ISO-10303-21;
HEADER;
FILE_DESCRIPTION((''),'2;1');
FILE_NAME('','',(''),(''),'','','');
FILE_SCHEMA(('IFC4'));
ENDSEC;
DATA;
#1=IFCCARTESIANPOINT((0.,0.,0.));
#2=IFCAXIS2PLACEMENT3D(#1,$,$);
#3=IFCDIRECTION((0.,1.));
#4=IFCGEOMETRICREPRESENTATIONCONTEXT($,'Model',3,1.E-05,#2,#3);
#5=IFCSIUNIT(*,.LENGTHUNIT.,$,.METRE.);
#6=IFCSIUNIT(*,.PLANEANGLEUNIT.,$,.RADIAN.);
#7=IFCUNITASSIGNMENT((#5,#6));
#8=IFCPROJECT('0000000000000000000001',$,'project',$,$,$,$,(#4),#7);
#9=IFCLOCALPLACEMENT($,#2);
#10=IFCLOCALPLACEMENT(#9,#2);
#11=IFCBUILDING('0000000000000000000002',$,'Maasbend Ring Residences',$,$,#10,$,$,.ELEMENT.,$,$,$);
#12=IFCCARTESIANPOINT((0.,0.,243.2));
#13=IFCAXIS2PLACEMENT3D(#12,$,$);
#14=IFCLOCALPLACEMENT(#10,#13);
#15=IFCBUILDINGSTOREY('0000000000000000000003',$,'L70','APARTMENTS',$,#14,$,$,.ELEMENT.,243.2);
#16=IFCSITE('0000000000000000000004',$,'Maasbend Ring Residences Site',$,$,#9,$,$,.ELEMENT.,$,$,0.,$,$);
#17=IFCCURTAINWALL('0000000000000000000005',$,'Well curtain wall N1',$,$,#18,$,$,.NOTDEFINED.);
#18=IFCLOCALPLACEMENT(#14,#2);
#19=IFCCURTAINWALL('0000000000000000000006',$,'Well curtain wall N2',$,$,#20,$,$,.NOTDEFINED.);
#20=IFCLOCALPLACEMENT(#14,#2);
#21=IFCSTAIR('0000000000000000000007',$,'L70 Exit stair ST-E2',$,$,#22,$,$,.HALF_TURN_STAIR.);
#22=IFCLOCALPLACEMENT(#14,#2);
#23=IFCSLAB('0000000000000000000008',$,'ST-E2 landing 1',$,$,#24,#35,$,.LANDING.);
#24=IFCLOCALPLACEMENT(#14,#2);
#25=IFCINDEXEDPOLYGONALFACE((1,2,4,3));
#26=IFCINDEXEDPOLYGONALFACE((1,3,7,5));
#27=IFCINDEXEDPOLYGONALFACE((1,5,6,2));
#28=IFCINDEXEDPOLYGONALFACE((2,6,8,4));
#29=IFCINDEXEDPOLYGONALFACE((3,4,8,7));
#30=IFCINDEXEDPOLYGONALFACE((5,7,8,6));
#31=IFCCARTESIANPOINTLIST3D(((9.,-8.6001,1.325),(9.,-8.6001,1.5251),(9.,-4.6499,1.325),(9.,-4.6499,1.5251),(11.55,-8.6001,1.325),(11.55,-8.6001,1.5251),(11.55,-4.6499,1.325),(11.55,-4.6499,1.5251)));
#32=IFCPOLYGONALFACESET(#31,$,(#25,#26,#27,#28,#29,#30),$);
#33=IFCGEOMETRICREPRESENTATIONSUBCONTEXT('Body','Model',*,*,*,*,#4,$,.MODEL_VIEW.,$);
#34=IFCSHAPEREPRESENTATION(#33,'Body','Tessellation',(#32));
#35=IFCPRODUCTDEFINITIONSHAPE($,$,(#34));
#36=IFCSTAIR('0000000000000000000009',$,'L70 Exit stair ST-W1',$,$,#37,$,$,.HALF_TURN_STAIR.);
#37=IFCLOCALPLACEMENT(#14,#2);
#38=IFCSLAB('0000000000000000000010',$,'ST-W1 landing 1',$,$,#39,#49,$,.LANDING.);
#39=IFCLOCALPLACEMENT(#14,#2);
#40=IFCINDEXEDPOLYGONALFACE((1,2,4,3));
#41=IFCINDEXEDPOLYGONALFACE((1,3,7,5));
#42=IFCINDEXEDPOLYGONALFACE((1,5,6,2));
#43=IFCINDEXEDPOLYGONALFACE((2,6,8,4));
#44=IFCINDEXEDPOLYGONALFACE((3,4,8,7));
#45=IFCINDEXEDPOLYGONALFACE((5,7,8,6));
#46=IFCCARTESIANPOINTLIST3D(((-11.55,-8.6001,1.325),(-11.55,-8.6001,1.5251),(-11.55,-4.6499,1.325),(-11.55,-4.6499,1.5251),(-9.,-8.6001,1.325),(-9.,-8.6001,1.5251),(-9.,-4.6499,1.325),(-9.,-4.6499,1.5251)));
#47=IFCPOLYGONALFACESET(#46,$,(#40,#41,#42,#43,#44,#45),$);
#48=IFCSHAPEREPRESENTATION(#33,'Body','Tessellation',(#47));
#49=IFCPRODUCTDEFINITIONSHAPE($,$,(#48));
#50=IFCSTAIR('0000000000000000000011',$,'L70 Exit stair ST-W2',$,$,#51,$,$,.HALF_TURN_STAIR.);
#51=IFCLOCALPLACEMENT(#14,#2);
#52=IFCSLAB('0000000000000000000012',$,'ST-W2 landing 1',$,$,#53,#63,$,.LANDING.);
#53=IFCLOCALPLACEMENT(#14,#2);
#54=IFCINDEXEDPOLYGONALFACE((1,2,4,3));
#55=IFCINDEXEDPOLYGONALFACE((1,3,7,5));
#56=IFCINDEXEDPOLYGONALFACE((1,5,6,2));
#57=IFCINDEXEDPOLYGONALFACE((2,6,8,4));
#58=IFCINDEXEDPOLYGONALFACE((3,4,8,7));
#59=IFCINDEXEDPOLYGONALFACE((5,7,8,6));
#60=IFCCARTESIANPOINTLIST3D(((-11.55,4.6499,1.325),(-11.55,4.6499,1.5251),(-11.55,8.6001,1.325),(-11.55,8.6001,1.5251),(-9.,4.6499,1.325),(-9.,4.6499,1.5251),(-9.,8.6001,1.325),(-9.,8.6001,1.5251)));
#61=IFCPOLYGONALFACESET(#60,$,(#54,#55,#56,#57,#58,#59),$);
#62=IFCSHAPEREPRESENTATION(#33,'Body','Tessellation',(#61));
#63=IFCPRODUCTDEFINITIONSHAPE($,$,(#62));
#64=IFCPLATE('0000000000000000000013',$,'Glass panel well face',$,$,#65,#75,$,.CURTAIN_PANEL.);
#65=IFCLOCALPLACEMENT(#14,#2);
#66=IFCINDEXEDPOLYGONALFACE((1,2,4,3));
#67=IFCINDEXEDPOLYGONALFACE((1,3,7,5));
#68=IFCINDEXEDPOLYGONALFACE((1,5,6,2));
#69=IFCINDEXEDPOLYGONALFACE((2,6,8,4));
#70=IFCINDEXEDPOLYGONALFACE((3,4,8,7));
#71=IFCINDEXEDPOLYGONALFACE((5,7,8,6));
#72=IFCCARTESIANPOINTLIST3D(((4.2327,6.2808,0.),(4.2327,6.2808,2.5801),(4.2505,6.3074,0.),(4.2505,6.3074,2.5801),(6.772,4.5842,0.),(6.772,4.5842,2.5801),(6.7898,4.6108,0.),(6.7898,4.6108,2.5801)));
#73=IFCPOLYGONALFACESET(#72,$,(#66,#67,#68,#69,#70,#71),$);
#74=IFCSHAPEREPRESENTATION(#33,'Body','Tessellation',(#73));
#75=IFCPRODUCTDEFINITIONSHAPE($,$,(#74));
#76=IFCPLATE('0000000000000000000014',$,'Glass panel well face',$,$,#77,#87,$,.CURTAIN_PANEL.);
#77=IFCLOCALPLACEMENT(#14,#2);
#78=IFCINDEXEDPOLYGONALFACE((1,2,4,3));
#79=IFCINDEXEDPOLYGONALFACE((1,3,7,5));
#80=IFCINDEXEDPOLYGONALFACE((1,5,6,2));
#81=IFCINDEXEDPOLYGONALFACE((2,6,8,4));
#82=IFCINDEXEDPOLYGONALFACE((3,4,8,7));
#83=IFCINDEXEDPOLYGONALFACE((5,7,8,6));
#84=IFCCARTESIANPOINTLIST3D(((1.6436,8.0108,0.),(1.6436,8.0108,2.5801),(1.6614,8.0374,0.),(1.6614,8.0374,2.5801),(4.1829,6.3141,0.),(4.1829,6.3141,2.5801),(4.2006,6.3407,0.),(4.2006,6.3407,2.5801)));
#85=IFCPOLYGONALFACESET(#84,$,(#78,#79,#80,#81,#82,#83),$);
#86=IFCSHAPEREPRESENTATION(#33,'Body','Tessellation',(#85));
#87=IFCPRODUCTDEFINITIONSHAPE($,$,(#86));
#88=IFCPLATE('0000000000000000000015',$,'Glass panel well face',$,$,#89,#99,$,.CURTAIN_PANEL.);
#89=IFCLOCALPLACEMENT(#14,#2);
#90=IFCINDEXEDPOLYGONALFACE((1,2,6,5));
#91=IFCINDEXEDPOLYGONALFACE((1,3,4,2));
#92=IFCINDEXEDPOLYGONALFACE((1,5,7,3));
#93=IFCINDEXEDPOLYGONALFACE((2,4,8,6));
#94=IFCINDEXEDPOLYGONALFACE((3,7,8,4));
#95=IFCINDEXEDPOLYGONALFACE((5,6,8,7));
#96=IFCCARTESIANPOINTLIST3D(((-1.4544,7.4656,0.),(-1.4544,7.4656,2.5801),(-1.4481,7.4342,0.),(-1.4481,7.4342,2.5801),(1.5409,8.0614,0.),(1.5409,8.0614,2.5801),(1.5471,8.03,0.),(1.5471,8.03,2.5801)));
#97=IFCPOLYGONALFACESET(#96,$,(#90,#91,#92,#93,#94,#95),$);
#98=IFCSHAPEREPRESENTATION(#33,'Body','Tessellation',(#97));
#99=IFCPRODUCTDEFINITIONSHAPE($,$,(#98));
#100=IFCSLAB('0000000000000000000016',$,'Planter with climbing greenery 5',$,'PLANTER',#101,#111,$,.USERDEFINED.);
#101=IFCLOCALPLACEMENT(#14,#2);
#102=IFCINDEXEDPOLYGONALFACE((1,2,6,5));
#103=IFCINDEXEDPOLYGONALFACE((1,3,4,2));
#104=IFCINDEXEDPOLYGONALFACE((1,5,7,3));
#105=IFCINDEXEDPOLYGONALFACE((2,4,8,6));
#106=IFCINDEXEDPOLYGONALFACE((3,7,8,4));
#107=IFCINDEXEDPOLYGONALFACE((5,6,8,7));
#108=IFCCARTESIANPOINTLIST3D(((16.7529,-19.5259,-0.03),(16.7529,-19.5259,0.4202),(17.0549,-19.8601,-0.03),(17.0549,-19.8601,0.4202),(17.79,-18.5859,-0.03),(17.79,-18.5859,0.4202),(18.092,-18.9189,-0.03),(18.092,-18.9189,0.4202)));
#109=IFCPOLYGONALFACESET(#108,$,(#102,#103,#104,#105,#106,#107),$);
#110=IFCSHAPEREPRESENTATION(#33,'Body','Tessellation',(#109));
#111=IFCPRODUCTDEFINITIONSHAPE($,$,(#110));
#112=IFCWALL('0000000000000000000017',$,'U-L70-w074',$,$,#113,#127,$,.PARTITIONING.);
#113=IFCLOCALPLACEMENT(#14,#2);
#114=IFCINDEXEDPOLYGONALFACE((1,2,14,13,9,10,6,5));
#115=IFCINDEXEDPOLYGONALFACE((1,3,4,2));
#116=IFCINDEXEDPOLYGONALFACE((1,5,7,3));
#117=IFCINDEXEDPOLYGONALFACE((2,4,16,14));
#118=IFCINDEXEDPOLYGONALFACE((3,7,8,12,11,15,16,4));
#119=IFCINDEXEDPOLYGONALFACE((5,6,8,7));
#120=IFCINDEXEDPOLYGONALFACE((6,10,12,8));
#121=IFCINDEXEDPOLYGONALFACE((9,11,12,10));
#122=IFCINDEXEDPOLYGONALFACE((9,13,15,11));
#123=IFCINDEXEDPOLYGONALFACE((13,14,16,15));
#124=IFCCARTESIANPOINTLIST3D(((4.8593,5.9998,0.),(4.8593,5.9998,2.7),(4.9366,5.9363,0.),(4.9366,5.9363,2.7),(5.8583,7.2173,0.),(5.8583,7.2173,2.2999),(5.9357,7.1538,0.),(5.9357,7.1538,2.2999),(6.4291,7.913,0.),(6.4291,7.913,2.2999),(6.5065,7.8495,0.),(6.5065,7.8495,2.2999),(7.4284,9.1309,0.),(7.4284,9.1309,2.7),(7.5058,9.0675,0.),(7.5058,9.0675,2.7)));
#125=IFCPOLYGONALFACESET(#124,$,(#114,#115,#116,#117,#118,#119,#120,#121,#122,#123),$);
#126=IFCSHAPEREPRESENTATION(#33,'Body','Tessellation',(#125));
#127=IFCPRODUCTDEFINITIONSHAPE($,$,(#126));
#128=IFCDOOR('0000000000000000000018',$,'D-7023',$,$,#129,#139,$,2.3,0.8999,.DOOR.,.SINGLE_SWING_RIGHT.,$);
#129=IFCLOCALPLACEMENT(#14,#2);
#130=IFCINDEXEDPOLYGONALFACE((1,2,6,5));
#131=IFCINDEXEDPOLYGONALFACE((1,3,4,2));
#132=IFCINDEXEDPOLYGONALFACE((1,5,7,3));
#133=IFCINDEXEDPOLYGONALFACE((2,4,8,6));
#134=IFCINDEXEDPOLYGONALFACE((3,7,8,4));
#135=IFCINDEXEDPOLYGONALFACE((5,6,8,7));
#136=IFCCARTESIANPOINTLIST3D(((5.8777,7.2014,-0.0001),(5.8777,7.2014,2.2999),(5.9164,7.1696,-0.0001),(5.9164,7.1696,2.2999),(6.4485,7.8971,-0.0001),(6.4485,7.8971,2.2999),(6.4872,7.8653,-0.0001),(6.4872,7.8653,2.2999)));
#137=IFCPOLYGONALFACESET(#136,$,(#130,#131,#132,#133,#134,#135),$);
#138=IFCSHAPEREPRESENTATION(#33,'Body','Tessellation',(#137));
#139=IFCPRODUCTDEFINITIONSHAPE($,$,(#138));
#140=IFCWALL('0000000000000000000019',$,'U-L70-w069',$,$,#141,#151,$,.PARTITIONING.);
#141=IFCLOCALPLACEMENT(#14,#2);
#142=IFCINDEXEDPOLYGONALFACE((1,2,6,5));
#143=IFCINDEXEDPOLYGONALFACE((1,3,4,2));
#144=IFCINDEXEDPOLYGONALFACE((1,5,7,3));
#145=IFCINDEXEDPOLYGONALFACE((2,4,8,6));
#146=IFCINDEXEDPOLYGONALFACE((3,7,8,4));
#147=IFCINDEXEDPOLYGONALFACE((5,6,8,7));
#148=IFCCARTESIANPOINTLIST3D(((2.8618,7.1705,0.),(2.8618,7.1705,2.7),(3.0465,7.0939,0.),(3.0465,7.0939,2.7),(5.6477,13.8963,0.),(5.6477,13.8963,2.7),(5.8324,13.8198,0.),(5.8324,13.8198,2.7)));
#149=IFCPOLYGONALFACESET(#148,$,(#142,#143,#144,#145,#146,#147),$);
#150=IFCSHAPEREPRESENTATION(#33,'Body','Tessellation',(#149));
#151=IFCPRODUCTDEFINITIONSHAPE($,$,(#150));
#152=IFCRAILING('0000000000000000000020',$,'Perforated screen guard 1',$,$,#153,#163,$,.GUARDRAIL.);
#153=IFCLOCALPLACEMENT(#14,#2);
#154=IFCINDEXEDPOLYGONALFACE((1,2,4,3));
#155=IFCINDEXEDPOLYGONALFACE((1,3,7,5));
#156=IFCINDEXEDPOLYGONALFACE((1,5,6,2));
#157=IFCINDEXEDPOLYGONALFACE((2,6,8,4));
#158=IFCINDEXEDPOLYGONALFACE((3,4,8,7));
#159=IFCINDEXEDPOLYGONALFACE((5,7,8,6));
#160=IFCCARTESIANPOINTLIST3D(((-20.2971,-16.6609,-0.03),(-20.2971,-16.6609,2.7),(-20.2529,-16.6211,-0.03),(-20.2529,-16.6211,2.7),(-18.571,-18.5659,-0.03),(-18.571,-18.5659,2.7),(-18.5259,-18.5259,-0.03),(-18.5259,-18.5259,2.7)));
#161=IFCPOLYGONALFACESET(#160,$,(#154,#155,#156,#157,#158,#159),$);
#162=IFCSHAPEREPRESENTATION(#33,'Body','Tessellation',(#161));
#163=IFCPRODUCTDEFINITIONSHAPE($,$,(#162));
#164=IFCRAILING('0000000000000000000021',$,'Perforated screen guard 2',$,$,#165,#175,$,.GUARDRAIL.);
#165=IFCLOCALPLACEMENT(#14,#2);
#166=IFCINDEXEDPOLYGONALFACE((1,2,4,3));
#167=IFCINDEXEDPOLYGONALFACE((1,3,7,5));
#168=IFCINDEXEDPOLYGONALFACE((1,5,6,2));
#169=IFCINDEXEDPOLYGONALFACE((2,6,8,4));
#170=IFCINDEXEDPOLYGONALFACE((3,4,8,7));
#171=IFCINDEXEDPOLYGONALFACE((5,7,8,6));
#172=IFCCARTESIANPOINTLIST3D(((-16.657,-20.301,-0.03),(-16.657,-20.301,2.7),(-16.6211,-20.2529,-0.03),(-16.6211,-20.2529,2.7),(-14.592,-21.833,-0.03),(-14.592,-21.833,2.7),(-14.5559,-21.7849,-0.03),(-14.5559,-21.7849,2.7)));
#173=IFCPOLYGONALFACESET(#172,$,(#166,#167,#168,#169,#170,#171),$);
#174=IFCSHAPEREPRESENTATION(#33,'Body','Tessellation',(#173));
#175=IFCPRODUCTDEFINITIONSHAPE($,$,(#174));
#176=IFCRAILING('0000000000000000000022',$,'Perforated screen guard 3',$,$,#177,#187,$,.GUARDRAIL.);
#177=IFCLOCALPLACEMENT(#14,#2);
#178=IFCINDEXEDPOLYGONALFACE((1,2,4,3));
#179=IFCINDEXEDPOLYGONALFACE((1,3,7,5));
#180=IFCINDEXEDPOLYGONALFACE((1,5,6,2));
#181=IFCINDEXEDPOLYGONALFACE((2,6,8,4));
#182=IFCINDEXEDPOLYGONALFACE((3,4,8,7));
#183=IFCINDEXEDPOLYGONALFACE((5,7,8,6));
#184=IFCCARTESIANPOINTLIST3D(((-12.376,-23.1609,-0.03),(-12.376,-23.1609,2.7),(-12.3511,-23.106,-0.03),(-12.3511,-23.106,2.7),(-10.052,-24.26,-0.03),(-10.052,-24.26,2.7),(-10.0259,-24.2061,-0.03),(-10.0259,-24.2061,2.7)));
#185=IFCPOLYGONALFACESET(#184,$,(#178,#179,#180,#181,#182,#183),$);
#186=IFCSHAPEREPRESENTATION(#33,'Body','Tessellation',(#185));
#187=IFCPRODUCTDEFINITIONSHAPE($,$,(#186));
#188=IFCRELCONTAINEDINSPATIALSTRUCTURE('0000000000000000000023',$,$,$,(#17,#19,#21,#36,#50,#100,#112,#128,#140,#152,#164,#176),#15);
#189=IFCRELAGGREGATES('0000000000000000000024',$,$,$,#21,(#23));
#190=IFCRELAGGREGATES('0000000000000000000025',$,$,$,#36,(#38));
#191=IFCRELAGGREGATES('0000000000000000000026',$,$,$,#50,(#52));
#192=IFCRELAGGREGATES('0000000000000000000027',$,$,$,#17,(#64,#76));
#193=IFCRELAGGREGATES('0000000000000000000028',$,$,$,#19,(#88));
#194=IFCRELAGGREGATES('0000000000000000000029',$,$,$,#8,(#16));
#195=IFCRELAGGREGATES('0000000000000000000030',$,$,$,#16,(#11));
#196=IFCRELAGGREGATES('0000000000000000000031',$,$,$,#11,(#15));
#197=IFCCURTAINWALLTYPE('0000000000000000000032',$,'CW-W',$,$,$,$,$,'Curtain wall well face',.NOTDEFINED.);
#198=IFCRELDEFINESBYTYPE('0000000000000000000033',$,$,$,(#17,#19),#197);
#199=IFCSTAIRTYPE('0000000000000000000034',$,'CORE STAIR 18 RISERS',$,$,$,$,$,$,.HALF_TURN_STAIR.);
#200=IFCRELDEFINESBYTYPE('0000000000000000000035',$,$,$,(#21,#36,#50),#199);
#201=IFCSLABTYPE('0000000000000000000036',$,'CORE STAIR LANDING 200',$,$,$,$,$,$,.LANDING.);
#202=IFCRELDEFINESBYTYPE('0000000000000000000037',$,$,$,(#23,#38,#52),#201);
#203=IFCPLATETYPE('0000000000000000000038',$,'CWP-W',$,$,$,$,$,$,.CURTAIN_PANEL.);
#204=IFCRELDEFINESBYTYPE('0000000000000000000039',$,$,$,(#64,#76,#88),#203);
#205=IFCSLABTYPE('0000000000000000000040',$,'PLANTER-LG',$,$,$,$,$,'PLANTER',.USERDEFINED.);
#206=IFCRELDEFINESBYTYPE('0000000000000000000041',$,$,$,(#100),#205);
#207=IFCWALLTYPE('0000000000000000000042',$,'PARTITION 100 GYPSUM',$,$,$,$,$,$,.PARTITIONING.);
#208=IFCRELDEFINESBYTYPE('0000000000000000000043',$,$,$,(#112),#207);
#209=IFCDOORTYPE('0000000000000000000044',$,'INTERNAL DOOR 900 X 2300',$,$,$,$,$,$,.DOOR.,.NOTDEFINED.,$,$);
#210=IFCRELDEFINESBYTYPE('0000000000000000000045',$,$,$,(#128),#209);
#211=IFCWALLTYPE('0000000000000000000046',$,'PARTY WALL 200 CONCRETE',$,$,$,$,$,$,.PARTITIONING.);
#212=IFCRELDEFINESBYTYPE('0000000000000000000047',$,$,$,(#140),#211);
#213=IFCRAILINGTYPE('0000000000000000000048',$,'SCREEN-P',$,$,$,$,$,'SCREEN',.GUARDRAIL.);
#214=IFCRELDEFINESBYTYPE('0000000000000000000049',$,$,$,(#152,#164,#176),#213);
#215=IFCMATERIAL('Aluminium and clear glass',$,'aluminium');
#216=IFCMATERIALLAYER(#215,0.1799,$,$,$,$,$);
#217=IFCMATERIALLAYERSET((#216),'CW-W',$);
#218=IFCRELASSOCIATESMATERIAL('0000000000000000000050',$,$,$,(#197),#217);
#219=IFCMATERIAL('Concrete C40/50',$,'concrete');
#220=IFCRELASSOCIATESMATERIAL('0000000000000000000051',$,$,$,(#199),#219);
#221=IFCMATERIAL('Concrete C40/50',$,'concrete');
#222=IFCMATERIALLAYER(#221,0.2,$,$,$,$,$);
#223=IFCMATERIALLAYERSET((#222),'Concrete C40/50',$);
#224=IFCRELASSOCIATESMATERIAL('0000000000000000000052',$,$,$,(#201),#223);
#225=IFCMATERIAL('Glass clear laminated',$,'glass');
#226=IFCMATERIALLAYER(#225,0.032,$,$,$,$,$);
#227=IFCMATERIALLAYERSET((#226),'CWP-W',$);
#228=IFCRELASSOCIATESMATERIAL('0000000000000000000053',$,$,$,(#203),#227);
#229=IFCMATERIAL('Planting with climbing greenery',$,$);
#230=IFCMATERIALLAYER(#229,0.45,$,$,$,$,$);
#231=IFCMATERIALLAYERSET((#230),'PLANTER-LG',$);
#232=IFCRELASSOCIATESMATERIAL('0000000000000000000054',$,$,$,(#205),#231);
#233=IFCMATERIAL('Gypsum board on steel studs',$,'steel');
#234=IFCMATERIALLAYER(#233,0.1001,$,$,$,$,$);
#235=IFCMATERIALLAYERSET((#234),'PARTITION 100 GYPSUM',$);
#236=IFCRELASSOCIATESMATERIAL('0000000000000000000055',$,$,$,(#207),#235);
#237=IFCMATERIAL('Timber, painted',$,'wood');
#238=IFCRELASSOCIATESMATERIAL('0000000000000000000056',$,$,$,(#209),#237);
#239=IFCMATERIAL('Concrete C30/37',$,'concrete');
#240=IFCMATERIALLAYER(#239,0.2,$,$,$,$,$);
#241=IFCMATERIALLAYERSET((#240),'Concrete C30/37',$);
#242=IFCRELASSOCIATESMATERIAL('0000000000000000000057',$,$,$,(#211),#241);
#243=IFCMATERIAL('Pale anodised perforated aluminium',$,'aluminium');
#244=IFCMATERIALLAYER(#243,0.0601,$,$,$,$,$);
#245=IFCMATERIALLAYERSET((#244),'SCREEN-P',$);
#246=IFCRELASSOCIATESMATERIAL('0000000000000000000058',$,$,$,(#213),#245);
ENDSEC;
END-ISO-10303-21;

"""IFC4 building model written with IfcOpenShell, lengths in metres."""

from ifc_helpers import new_model, si_unit, direction, frame, frame_2d, origin, origin_2d, place, context, subcontext, project, spatial, polyline, rectangle, outline, extrude, material, layer, layer_set, type_object, element, fill, aggregate, save


model = new_model("IFC4")

# Units and contexts
model_context = context("Model", 3, precision=1e-05, world=origin(), true_north=direction((0.0, 1.0)))
body_context = subcontext(model_context, "Body", "Model", "MODEL_VIEW")
ifc_project = project(units=[si_unit("LENGTHUNIT", "METRE"), si_unit("PLANEANGLEUNIT", "RADIAN")], contexts=[model_context])

# Site, building, storey
site_placement = place(None, origin())
site = spatial("IfcSite", under=ifc_project, at=site_placement, Name="Maasbend Ring Residences Site", CompositionType="ELEMENT", RefElevation=0.0)
building_placement = place(site_placement, origin())
building = spatial("IfcBuilding", under=site, at=building_placement, Name="Maasbend Ring Residences", CompositionType="ELEMENT")
storey_placement = place(building_placement, frame((0.0, 0.0, 243.2)))
storey = spatial("IfcBuildingStorey", under=building, at=storey_placement, Name="L70", Description="APARTMENTS", CompositionType="ELEMENT", Elevation=243.2)

# Curtain wall
ifc_material_1 = material(Name="Aluminium and clear glass", Category="aluminium")
ifc_layer_1 = layer(ifc_material_1, 0.1799)
ifc_layer_set_1 = layer_set([ifc_layer_1], Name="CW-W")
curtain_wall_type = type_object("IfcCurtainWallType", Name="CW-W", ElementType="Curtain wall well face", PredefinedType="NOTDEFINED", material=ifc_layer_set_1)
curtain_wall_1_placement = place(storey_placement, origin())
curtain_wall_1 = element("IfcCurtainWall", 1, at=curtain_wall_1_placement, inside=storey, type_object=curtain_wall_type, Name="Well curtain wall N1", PredefinedType="NOTDEFINED")

# Curtain wall
curtain_wall_2_placement = place(storey_placement, origin())
curtain_wall_2 = element("IfcCurtainWall", 2, at=curtain_wall_2_placement, inside=storey, type_object=curtain_wall_type, Name="Well curtain wall N2", PredefinedType="NOTDEFINED")

# Stairs, slabs
ifc_material_2 = material(Name="Concrete C40/50", Category="concrete")
stair_type = type_object("IfcStairType", Name="CORE STAIR 18 RISERS", PredefinedType="HALF_TURN_STAIR", material=ifc_material_2)
ifc_material_3 = material(Name="Concrete C40/50", Category="concrete")
ifc_layer_2 = layer(ifc_material_3, 0.2)
ifc_layer_set_2 = layer_set([ifc_layer_2], Name="Concrete C40/50")
slab_type_1 = type_object("IfcSlabType", Name="CORE STAIR LANDING 200", PredefinedType="LANDING", material=ifc_layer_set_2)
stair_1_placement = place(storey_placement, origin())
stair_1 = element("IfcStair", 3, at=stair_1_placement, inside=storey, type_object=stair_type, Name="L70 Exit stair ST-E2", PredefinedType="HALF_TURN_STAIR")
slab_1_placement = place(storey_placement, frame((0.0, 0.0, 1.325)))
slab_1 = element("IfcSlab", 4, at=slab_1_placement, type_object=slab_type_1, Name="ST-E2 landing 1", PredefinedType="LANDING", context=body_context, shape_type="SweptSolid", body=[
    extrude(outline(polyline([(11.55, -4.6499), (9.0, -4.6499), (9.0, -8.6001), (11.55, -8.6001), (11.55, -4.6499)])), origin(), (0.0, 0.0, 1.0), 0.2002),
])
aggregate(stair_1, [slab_1])
stair_2_placement = place(storey_placement, origin())
stair_2 = element("IfcStair", 5, at=stair_2_placement, inside=storey, type_object=stair_type, Name="L70 Exit stair ST-W1", PredefinedType="HALF_TURN_STAIR")
slab_2_placement = place(storey_placement, frame((0.0, 0.0, 1.325)))
slab_2 = element("IfcSlab", 6, at=slab_2_placement, type_object=slab_type_1, Name="ST-W1 landing 1", PredefinedType="LANDING", context=body_context, shape_type="SweptSolid", body=[
    extrude(outline(polyline([(-11.55, -8.6001), (-9.0, -8.6001), (-9.0, -4.6499), (-11.55, -4.6499), (-11.55, -8.6001)])), origin(), (0.0, 0.0, 1.0), 0.2002),
])
aggregate(stair_2, [slab_2])
stair_3_placement = place(storey_placement, origin())
stair_3 = element("IfcStair", 7, at=stair_3_placement, inside=storey, type_object=stair_type, Name="L70 Exit stair ST-W2", PredefinedType="HALF_TURN_STAIR")
slab_3_placement = place(storey_placement, frame((0.0, 0.0, 1.325)))
slab_3 = element("IfcSlab", 8, at=slab_3_placement, type_object=slab_type_1, Name="ST-W2 landing 1", PredefinedType="LANDING", context=body_context, shape_type="SweptSolid", body=[
    extrude(outline(polyline([(-11.55, 4.6499), (-9.0, 4.6499), (-9.0, 8.6001), (-11.55, 8.6001), (-11.55, 4.6499)])), origin(), (0.0, 0.0, 1.0), 0.2002),
])
aggregate(stair_3, [slab_3])

# Plates
ifc_material_4 = material(Name="Glass clear laminated", Category="glass")
ifc_layer_3 = layer(ifc_material_4, 0.032)
ifc_layer_set_3 = layer_set([ifc_layer_3], Name="CWP-W")
plate_type = type_object("IfcPlateType", Name="CWP-W", PredefinedType="CURTAIN_PANEL", material=ifc_layer_set_3)
plate_1_placement = place(storey_placement, frame((5.5112, 5.4458, 0.0), z_axis=(0.0, 0.0, 1.0), x_axis=(-0.83147, 0.55557, 0.0)))
plate_1 = element("IfcPlate", 9, at=plate_1_placement, type_object=plate_type, Name="Glass panel well face", PredefinedType="CURTAIN_PANEL", context=body_context, shape_type="SweptSolid", body=[
    extrude(rectangle(XDim=3.054, YDim=0.032, at=origin_2d()), origin(), (0.0, 0.0, 1.0), 2.5801),
])
plate_2_placement = place(storey_placement, frame((2.9221, 7.1758, 0.0), z_axis=(0.0, 0.0, 1.0), x_axis=(-0.83147, 0.55557, 0.0)))
plate_2 = element("IfcPlate", 10, at=plate_2_placement, type_object=plate_type, Name="Glass panel well face", PredefinedType="CURTAIN_PANEL", context=body_context, shape_type="SweptSolid", body=[
    extrude(rectangle(XDim=3.054, YDim=0.032, at=origin_2d()), origin(), (0.0, 0.0, 1.0), 2.5801),
])
aggregate(curtain_wall_1, [plate_1, plate_2])
plate_3_placement = place(storey_placement, frame((0.0464, 7.7478, 0.0), z_axis=(0.0, 0.0, 1.0), x_axis=(-0.980785, -0.19509, 0.0)))
plate_3 = element("IfcPlate", 11, at=plate_3_placement, type_object=plate_type, Name="Glass panel well face", PredefinedType="CURTAIN_PANEL", context=body_context, shape_type="SweptSolid", body=[
    extrude(rectangle(XDim=3.054, YDim=0.032, at=origin_2d()), origin(), (0.0, 0.0, 1.0), 2.5801),
])
aggregate(curtain_wall_2, [plate_3])

# Slab
ifc_material_5 = material(Name="Planting with climbing greenery")
ifc_layer_4 = layer(ifc_material_5, 0.45)
ifc_layer_set_4 = layer_set([ifc_layer_4], Name="PLANTER-LG")
slab_type_2 = type_object("IfcSlabType", Name="PLANTER-LG", ElementType="PLANTER", PredefinedType="USERDEFINED", material=ifc_layer_set_4)
slab_4_placement = place(storey_placement, frame((0.0, 0.0, -0.03)))
element("IfcSlab", 12, at=slab_4_placement, inside=storey, type_object=slab_type_2, Name="Planter with climbing greenery 5", ObjectType="PLANTER", PredefinedType="USERDEFINED", context=body_context, shape_type="SweptSolid", body=[
    extrude(outline(polyline([(17.0549, -19.8601), (18.092, -18.9189), (17.79, -18.5859), (16.7529, -19.5259), (17.0549, -19.8601)])), origin(), (0.0, 0.0, 1.0), 0.4502),
])

# Wall, opening, door
ifc_material_6 = material(Name="Gypsum board on steel studs", Category="steel")
ifc_layer_5 = layer(ifc_material_6, 0.1001)
ifc_layer_set_5 = layer_set([ifc_layer_5], Name="PARTITION 100 GYPSUM")
wall_type_1 = type_object("IfcWallType", Name="PARTITION 100 GYPSUM", PredefinedType="PARTITIONING", material=ifc_layer_set_5)
wall_1_placement = place(storey_placement, frame((4.8979, 5.968, 0.0), z_axis=(0.0, 0.0, 1.0), x_axis=(0.634314, 0.773076, 0.0)))
wall_1 = element("IfcWall", 13, at=wall_1_placement, inside=storey, type_object=wall_type_1, Name="U-L70-w074", PredefinedType="PARTITIONING", context=body_context, shape_type="SweptSolid", body=[
    extrude(rectangle(XDim=4.0503, YDim=0.1001, at=frame_2d((2.0251, 0.0))), origin(), (0.0, 0.0, 1.0), 2.7),
])
opening_placement = place(wall_1_placement, frame((1.575, 0.0, 0.0)))
opening = element("IfcOpeningElement", 14, at=opening_placement, cuts=wall_1, PredefinedType="OPENING", context=body_context, shape_type="SweptSolid", body=[
    extrude(rectangle(XDim=0.8999, YDim=2.3, at=frame_2d((0.45, 1.1499))), frame((0.0, 0.0601, 0.0), z_axis=(0.0, -1.0, 0.0), x_axis=(1.0, 0.0, 0.0)), (0.0, 0.0, 1.0), 0.1201),
])
ifc_material_7 = material(Name="Timber, painted", Category="wood")
door_type = type_object("IfcDoorType", Name="INTERNAL DOOR 900 X 2300", OperationType="NOTDEFINED", PredefinedType="DOOR", material=ifc_material_7)
door_placement = place(opening_placement, origin())
door = element("IfcDoor", 15, at=door_placement, inside=storey, type_object=door_type, Name="D-7023", OperationType="SINGLE_SWING_RIGHT", OverallHeight=2.3, OverallWidth=0.8999, PredefinedType="DOOR", context=body_context, shape_type="SweptSolid", body=[
    extrude(rectangle(XDim=0.8999, YDim=2.3, at=frame_2d((0.45, 1.1499))), frame((0.0, 0.0249, 0.0), z_axis=(0.0, -1.0, 0.0), x_axis=(1.0, 0.0, 0.0)), (0.0, 0.0, 1.0), 0.05),
])
fill(opening, door)

# Wall
ifc_material_8 = material(Name="Concrete C30/37", Category="concrete")
ifc_layer_6 = layer(ifc_material_8, 0.2)
ifc_layer_set_6 = layer_set([ifc_layer_6], Name="Concrete C30/37")
wall_type_2 = type_object("IfcWallType", Name="PARTY WALL 200 CONCRETE", PredefinedType="PARTITIONING", material=ifc_layer_set_6)
wall_2_placement = place(storey_placement, frame((2.9541, 7.1321, 0.0), z_axis=(0.0, 0.0, 1.0), x_axis=(0.382679, 0.923882, 0.0)))
element("IfcWall", 16, at=wall_2_placement, inside=storey, type_object=wall_type_2, Name="U-L70-w069", PredefinedType="PARTITIONING", context=body_context, shape_type="SweptSolid", body=[
    extrude(rectangle(XDim=7.28, YDim=0.2, at=frame_2d((3.6401, 0.0))), origin(), (0.0, 0.0, 1.0), 2.7),
])

# Railings
ifc_material_9 = material(Name="Pale anodised perforated aluminium", Category="aluminium")
ifc_layer_7 = layer(ifc_material_9, 0.0601)
ifc_layer_set_7 = layer_set([ifc_layer_7], Name="SCREEN-P")
railing_type = type_object("IfcRailingType", Name="SCREEN-P", ElementType="SCREEN", PredefinedType="GUARDRAIL", material=ifc_layer_set_7)
railing_1_placement = place(storey_placement, frame((0.0, 0.0, -0.03)))
element("IfcRailing", 17, at=railing_1_placement, inside=storey, type_object=railing_type, Name="Perforated screen guard 1", PredefinedType="GUARDRAIL", context=body_context, shape_type="SweptSolid", body=[
    extrude(outline(polyline([(-20.2529, -16.6211), (-18.5259, -18.5259), (-18.571, -18.5659), (-20.2971, -16.6609), (-20.2529, -16.6211)])), origin(), (0.0, 0.0, 1.0), 2.73),
])
railing_2_placement = place(storey_placement, frame((0.0, 0.0, -0.03)))
element("IfcRailing", 18, at=railing_2_placement, inside=storey, type_object=railing_type, Name="Perforated screen guard 2", PredefinedType="GUARDRAIL", context=body_context, shape_type="SweptSolid", body=[
    extrude(outline(polyline([(-16.6211, -20.2529), (-14.5559, -21.7849), (-14.592, -21.833), (-16.657, -20.301), (-16.6211, -20.2529)])), origin(), (0.0, 0.0, 1.0), 2.73),
])
railing_3_placement = place(storey_placement, frame((0.0, 0.0, -0.03)))
element("IfcRailing", 19, at=railing_3_placement, inside=storey, type_object=railing_type, Name="Perforated screen guard 3", PredefinedType="GUARDRAIL", context=body_context, shape_type="SweptSolid", body=[
    extrude(outline(polyline([(-12.3511, -23.106), (-10.0259, -24.2061), (-10.052, -24.26), (-12.376, -23.1609), (-12.3511, -23.106)])), origin(), (0.0, 0.0, 1.0), 2.73),
])

save(model, "model.ifc")
